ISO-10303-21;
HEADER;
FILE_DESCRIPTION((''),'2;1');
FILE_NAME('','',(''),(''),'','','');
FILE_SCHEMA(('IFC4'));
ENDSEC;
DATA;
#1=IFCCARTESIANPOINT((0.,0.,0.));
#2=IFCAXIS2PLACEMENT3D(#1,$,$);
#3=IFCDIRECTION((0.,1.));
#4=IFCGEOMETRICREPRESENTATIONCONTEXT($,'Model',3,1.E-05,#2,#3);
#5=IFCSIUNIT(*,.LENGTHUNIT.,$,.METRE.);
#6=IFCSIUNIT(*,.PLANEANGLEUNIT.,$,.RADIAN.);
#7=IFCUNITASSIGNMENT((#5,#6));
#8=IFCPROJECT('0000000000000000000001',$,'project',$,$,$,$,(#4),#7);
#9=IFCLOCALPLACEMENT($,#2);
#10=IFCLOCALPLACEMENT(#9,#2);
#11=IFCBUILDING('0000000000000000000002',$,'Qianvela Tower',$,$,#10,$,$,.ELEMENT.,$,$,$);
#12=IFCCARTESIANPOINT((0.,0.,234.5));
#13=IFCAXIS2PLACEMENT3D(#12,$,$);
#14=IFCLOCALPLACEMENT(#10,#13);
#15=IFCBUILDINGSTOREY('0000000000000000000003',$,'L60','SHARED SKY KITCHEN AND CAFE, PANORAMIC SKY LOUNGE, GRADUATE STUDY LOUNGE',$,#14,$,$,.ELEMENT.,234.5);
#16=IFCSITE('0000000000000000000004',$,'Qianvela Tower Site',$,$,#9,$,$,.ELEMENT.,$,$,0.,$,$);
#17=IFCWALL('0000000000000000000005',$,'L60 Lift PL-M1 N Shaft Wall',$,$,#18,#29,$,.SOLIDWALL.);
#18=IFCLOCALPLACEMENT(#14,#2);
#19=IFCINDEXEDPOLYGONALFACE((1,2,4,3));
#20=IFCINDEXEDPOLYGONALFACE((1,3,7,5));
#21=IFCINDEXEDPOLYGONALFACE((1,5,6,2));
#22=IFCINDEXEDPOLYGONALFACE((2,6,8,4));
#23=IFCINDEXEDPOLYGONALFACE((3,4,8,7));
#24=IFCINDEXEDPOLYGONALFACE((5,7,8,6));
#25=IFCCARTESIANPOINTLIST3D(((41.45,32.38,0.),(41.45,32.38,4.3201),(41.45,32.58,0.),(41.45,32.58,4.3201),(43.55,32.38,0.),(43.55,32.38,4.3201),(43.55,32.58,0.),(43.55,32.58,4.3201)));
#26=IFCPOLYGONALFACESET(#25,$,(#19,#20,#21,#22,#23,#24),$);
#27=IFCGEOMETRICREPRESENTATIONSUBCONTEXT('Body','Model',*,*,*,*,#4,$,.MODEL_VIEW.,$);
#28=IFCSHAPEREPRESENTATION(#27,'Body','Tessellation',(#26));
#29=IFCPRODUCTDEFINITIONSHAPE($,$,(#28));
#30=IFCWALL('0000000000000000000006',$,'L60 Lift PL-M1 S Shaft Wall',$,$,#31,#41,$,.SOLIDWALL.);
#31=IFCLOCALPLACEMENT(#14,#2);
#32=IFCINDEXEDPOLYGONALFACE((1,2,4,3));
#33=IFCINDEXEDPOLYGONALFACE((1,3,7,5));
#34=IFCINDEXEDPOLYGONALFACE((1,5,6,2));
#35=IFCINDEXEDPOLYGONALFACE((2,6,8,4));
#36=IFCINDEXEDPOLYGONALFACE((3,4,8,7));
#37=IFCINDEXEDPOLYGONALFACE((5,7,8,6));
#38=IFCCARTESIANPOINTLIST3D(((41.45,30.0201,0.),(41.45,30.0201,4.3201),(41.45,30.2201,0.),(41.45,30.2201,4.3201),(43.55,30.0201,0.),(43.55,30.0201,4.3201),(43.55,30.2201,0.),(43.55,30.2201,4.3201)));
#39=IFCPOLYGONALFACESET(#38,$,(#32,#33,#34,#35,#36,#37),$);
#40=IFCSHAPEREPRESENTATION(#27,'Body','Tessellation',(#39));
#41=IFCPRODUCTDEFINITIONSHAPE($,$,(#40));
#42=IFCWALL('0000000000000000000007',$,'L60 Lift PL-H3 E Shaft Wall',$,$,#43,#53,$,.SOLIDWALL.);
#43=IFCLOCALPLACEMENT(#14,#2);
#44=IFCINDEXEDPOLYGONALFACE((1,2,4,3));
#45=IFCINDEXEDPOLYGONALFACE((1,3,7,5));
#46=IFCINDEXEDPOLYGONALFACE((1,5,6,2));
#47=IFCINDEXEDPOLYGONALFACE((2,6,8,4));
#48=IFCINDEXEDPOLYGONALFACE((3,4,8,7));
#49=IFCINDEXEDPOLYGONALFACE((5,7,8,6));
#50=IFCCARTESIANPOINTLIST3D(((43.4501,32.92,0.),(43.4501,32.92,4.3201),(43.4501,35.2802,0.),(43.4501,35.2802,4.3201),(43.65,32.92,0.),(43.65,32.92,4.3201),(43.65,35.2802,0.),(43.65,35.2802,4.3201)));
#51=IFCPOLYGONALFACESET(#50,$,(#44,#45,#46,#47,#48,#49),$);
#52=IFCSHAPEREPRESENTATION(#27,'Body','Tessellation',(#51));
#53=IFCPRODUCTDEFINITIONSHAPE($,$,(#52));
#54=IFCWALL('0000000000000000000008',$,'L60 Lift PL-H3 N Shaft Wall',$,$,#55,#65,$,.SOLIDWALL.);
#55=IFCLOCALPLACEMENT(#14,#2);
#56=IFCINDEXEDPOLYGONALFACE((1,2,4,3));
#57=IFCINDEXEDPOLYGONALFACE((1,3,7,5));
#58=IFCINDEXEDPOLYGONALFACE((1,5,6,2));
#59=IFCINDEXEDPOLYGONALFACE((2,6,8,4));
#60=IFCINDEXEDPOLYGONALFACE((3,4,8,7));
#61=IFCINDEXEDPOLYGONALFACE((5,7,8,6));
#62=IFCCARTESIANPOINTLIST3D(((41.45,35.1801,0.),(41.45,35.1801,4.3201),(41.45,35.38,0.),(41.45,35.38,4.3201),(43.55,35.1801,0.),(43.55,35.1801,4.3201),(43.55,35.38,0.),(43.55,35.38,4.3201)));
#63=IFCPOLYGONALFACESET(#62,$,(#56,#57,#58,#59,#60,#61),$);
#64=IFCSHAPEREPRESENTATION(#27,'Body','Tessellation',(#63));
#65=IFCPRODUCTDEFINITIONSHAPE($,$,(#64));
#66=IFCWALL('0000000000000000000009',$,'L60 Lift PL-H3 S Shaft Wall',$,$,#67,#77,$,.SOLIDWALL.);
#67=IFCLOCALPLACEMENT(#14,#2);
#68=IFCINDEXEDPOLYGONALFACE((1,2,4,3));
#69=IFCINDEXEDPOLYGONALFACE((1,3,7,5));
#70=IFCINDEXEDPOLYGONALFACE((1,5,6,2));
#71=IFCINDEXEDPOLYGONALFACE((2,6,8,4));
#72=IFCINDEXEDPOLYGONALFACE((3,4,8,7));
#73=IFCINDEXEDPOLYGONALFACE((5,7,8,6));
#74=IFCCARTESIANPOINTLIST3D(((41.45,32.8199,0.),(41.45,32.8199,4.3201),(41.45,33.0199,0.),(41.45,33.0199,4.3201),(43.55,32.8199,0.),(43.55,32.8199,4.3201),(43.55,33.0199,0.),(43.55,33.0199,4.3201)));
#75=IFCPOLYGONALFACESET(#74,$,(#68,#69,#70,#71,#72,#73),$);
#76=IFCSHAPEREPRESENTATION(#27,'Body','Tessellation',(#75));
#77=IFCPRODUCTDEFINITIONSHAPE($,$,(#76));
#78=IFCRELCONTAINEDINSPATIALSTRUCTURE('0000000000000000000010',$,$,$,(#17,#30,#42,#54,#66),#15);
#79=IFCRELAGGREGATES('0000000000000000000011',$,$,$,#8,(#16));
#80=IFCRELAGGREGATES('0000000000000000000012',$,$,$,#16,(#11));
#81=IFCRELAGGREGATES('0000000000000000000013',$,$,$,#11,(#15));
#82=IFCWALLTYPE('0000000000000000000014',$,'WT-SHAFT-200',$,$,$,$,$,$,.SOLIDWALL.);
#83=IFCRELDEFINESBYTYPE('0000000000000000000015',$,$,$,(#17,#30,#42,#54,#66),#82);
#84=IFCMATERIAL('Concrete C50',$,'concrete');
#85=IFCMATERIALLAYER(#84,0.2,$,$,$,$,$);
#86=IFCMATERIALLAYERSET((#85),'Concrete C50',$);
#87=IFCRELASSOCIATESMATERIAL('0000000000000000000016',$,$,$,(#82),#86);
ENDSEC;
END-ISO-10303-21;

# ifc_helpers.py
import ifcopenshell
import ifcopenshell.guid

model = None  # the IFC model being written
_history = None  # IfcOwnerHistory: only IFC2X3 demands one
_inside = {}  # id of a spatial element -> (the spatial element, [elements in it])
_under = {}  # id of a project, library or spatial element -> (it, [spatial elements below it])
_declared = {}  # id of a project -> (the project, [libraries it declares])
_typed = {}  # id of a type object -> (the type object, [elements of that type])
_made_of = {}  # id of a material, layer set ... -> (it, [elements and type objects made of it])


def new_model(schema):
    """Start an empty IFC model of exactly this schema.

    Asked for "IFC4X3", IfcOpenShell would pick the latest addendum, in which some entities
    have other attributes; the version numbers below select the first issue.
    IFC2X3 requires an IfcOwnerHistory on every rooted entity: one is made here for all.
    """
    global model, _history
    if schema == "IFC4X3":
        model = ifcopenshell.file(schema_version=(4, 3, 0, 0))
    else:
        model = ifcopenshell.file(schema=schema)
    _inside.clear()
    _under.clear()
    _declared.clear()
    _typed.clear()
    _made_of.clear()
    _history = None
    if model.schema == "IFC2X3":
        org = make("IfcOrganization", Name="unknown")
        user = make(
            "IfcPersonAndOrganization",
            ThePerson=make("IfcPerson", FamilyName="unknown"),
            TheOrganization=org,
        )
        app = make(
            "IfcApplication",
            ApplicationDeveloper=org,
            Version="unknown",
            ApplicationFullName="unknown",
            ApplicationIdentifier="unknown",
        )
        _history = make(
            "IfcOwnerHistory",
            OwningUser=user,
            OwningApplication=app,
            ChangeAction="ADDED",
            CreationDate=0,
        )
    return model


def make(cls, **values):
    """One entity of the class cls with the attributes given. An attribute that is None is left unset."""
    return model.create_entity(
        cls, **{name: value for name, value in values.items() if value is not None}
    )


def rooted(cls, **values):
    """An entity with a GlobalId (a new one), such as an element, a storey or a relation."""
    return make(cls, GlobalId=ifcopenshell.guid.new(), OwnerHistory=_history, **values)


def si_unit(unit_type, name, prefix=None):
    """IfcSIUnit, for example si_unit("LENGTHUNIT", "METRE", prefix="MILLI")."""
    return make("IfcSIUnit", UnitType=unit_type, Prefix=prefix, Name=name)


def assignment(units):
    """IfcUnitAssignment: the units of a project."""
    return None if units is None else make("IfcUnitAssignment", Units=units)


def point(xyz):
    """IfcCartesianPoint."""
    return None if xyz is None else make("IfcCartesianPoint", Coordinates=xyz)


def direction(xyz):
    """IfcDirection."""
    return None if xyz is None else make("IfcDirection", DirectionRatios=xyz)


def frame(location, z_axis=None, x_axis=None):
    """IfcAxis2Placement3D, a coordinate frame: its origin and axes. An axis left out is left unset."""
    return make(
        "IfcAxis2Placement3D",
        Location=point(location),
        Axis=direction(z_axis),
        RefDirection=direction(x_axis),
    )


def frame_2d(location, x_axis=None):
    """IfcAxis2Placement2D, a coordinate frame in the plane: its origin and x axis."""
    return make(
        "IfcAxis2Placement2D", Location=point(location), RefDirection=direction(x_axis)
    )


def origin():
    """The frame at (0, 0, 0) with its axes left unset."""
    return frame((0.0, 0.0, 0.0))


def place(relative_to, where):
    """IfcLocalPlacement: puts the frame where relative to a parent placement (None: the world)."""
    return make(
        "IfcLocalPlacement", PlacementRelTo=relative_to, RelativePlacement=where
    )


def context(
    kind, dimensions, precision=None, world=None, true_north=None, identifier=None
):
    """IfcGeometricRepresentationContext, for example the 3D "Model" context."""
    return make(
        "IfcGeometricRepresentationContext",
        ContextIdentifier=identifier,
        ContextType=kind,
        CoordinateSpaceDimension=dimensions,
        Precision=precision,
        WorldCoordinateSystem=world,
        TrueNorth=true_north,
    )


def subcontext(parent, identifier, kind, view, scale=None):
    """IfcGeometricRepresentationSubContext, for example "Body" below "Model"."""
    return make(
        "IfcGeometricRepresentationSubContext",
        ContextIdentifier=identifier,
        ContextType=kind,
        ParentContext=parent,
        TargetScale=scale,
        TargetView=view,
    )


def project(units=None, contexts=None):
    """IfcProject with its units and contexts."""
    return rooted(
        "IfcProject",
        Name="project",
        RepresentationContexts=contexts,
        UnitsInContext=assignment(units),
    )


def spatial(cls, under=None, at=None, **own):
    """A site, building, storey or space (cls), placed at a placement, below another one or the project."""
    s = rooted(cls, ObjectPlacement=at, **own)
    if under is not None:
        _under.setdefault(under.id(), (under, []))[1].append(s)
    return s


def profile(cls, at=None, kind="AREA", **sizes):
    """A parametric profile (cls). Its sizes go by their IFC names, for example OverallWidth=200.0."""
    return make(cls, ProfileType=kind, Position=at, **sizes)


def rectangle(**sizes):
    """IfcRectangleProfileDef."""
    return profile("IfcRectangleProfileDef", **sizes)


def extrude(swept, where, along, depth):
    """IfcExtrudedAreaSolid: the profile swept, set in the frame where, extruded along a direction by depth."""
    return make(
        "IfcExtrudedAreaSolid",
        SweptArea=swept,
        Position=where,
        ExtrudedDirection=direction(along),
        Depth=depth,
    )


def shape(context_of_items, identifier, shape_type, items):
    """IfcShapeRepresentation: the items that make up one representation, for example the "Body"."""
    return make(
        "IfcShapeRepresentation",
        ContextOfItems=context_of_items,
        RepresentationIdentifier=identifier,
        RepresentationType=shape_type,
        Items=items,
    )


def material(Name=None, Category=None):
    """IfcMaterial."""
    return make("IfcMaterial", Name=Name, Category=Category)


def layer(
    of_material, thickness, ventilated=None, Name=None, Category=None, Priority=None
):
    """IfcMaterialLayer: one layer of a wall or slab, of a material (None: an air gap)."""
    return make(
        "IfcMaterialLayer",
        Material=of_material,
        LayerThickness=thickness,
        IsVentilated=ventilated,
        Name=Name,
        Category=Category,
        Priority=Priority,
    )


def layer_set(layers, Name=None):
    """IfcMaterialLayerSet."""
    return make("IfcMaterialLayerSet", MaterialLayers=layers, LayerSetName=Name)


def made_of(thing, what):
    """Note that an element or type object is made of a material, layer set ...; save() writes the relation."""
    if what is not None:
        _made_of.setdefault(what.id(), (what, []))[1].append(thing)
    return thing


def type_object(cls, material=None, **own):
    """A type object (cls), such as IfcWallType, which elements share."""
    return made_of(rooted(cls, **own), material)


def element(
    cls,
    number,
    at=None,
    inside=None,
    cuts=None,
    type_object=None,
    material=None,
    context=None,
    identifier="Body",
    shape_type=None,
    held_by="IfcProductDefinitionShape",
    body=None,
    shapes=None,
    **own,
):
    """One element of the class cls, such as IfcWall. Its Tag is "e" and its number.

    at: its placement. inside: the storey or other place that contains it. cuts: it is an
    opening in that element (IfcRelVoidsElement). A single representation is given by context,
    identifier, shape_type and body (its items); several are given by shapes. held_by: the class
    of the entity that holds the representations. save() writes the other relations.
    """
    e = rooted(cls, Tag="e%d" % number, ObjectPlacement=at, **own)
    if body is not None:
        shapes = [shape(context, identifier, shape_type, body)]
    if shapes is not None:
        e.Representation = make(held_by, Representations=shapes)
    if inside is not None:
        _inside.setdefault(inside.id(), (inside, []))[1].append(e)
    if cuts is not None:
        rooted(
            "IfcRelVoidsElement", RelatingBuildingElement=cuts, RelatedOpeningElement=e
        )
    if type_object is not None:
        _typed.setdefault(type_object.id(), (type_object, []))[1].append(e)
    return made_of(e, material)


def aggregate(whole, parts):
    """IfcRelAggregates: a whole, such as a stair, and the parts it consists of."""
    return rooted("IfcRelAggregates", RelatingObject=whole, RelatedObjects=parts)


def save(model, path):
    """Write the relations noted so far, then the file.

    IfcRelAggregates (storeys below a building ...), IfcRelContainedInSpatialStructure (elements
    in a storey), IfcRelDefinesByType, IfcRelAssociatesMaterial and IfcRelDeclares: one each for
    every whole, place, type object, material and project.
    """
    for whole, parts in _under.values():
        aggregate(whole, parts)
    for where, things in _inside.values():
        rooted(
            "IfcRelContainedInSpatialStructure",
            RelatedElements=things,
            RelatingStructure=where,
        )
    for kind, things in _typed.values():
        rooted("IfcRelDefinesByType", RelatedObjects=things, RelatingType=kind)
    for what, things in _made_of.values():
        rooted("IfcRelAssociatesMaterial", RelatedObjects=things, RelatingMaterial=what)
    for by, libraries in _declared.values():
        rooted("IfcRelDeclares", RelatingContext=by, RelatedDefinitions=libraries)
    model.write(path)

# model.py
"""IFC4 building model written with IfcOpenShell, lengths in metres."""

from ifc_helpers import new_model, si_unit, direction, frame, frame_2d, origin, place, context, subcontext, project, spatial, rectangle, extrude, material, layer, layer_set, type_object, element, save


model = new_model("IFC4")

# Units and contexts
model_context = context("Model", 3, precision=1e-05, world=origin(), true_north=direction((0.0, 1.0)))
body_context = subcontext(model_context, "Body", "Model", "MODEL_VIEW")
ifc_project = project(units=[si_unit("LENGTHUNIT", "METRE"), si_unit("PLANEANGLEUNIT", "RADIAN")], contexts=[model_context])

# Site, building, storey
site_placement = place(None, origin())
site = spatial("IfcSite", under=ifc_project, at=site_placement, Name="Qianvela Tower Site", CompositionType="ELEMENT", RefElevation=0.0)
building_placement = place(site_placement, origin())
building = spatial("IfcBuilding", under=site, at=building_placement, Name="Qianvela Tower", CompositionType="ELEMENT")
storey_placement = place(building_placement, frame((0.0, 0.0, 234.5)))
storey = spatial("IfcBuildingStorey", under=building, at=storey_placement, Name="L60", Description="SHARED SKY KITCHEN AND CAFE, PANORAMIC SKY LOUNGE, GRADUATE STUDY LOUNGE", CompositionType="ELEMENT", Elevation=234.5)

# Shared definitions
ifc_material_1 = material(Name="Concrete C50", Category="concrete")
ifc_layer_1 = layer(ifc_material_1, 0.2)
ifc_layer_set_1 = layer_set([ifc_layer_1], Name="Concrete C50")
wall_type_1 = type_object("IfcWallType", Name="WT-SHAFT-200", PredefinedType="SOLIDWALL", material=ifc_layer_set_1)

# Walls
for number, where, z_axis, x_axis, name in (
    (1, (41.45, 32.48, 0.0), (0.0, 0.0, 1.0), (1.0, 0.0, 0.0), "L60 Lift PL-M1 N Shaft Wall"),
    (2, (41.45, 30.1201, 0.0), (0.0, 0.0, 1.0), (1.0, 0.0, 0.0), "L60 Lift PL-M1 S Shaft Wall"),
):
    element("IfcWall", number, at=place(storey_placement, frame(where, z_axis=z_axis, x_axis=x_axis)), inside=storey, type_object=wall_type_1, Name=name, PredefinedType="SOLIDWALL", context=body_context, shape_type="SweptSolid", body=[
        extrude(rectangle(XDim=2.1001, YDim=0.2, at=frame_2d((1.05, 0.0))), origin(), (0.0, 0.0, 1.0), 4.3201),
    ])
wall_1_placement = place(storey_placement, frame((43.55, 32.9199, 0.0), z_axis=(0.0, 0.0, 1.0), x_axis=(0.0, 1.0, 0.0)))
element("IfcWall", 3, at=wall_1_placement, inside=storey, type_object=wall_type_1, Name="L60 Lift PL-H3 E Shaft Wall", PredefinedType="SOLIDWALL", context=body_context, shape_type="SweptSolid", body=[
    extrude(rectangle(XDim=2.3601, YDim=0.2, at=frame_2d((1.1802, 0.0))), origin(), (0.0, 0.0, 1.0), 4.3201),
])

# Walls
for number, where, z_axis, x_axis, name in (
    (4, (41.45, 35.28, 0.0), (0.0, 0.0, 1.0), (1.0, 0.0, 0.0), "L60 Lift PL-H3 N Shaft Wall"),
    (5, (41.45, 32.9199, 0.0), (0.0, 0.0, 1.0), (1.0, 0.0, 0.0), "L60 Lift PL-H3 S Shaft Wall"),
):
    element("IfcWall", number, at=place(storey_placement, frame(where, z_axis=z_axis, x_axis=x_axis)), inside=storey, type_object=wall_type_1, Name=name, PredefinedType="SOLIDWALL", context=body_context, shape_type="SweptSolid", body=[
        extrude(rectangle(XDim=2.1001, YDim=0.2, at=frame_2d((1.05, 0.0))), origin(), (0.0, 0.0, 1.0), 4.3201),
    ])

save(model, "model.ifc")
